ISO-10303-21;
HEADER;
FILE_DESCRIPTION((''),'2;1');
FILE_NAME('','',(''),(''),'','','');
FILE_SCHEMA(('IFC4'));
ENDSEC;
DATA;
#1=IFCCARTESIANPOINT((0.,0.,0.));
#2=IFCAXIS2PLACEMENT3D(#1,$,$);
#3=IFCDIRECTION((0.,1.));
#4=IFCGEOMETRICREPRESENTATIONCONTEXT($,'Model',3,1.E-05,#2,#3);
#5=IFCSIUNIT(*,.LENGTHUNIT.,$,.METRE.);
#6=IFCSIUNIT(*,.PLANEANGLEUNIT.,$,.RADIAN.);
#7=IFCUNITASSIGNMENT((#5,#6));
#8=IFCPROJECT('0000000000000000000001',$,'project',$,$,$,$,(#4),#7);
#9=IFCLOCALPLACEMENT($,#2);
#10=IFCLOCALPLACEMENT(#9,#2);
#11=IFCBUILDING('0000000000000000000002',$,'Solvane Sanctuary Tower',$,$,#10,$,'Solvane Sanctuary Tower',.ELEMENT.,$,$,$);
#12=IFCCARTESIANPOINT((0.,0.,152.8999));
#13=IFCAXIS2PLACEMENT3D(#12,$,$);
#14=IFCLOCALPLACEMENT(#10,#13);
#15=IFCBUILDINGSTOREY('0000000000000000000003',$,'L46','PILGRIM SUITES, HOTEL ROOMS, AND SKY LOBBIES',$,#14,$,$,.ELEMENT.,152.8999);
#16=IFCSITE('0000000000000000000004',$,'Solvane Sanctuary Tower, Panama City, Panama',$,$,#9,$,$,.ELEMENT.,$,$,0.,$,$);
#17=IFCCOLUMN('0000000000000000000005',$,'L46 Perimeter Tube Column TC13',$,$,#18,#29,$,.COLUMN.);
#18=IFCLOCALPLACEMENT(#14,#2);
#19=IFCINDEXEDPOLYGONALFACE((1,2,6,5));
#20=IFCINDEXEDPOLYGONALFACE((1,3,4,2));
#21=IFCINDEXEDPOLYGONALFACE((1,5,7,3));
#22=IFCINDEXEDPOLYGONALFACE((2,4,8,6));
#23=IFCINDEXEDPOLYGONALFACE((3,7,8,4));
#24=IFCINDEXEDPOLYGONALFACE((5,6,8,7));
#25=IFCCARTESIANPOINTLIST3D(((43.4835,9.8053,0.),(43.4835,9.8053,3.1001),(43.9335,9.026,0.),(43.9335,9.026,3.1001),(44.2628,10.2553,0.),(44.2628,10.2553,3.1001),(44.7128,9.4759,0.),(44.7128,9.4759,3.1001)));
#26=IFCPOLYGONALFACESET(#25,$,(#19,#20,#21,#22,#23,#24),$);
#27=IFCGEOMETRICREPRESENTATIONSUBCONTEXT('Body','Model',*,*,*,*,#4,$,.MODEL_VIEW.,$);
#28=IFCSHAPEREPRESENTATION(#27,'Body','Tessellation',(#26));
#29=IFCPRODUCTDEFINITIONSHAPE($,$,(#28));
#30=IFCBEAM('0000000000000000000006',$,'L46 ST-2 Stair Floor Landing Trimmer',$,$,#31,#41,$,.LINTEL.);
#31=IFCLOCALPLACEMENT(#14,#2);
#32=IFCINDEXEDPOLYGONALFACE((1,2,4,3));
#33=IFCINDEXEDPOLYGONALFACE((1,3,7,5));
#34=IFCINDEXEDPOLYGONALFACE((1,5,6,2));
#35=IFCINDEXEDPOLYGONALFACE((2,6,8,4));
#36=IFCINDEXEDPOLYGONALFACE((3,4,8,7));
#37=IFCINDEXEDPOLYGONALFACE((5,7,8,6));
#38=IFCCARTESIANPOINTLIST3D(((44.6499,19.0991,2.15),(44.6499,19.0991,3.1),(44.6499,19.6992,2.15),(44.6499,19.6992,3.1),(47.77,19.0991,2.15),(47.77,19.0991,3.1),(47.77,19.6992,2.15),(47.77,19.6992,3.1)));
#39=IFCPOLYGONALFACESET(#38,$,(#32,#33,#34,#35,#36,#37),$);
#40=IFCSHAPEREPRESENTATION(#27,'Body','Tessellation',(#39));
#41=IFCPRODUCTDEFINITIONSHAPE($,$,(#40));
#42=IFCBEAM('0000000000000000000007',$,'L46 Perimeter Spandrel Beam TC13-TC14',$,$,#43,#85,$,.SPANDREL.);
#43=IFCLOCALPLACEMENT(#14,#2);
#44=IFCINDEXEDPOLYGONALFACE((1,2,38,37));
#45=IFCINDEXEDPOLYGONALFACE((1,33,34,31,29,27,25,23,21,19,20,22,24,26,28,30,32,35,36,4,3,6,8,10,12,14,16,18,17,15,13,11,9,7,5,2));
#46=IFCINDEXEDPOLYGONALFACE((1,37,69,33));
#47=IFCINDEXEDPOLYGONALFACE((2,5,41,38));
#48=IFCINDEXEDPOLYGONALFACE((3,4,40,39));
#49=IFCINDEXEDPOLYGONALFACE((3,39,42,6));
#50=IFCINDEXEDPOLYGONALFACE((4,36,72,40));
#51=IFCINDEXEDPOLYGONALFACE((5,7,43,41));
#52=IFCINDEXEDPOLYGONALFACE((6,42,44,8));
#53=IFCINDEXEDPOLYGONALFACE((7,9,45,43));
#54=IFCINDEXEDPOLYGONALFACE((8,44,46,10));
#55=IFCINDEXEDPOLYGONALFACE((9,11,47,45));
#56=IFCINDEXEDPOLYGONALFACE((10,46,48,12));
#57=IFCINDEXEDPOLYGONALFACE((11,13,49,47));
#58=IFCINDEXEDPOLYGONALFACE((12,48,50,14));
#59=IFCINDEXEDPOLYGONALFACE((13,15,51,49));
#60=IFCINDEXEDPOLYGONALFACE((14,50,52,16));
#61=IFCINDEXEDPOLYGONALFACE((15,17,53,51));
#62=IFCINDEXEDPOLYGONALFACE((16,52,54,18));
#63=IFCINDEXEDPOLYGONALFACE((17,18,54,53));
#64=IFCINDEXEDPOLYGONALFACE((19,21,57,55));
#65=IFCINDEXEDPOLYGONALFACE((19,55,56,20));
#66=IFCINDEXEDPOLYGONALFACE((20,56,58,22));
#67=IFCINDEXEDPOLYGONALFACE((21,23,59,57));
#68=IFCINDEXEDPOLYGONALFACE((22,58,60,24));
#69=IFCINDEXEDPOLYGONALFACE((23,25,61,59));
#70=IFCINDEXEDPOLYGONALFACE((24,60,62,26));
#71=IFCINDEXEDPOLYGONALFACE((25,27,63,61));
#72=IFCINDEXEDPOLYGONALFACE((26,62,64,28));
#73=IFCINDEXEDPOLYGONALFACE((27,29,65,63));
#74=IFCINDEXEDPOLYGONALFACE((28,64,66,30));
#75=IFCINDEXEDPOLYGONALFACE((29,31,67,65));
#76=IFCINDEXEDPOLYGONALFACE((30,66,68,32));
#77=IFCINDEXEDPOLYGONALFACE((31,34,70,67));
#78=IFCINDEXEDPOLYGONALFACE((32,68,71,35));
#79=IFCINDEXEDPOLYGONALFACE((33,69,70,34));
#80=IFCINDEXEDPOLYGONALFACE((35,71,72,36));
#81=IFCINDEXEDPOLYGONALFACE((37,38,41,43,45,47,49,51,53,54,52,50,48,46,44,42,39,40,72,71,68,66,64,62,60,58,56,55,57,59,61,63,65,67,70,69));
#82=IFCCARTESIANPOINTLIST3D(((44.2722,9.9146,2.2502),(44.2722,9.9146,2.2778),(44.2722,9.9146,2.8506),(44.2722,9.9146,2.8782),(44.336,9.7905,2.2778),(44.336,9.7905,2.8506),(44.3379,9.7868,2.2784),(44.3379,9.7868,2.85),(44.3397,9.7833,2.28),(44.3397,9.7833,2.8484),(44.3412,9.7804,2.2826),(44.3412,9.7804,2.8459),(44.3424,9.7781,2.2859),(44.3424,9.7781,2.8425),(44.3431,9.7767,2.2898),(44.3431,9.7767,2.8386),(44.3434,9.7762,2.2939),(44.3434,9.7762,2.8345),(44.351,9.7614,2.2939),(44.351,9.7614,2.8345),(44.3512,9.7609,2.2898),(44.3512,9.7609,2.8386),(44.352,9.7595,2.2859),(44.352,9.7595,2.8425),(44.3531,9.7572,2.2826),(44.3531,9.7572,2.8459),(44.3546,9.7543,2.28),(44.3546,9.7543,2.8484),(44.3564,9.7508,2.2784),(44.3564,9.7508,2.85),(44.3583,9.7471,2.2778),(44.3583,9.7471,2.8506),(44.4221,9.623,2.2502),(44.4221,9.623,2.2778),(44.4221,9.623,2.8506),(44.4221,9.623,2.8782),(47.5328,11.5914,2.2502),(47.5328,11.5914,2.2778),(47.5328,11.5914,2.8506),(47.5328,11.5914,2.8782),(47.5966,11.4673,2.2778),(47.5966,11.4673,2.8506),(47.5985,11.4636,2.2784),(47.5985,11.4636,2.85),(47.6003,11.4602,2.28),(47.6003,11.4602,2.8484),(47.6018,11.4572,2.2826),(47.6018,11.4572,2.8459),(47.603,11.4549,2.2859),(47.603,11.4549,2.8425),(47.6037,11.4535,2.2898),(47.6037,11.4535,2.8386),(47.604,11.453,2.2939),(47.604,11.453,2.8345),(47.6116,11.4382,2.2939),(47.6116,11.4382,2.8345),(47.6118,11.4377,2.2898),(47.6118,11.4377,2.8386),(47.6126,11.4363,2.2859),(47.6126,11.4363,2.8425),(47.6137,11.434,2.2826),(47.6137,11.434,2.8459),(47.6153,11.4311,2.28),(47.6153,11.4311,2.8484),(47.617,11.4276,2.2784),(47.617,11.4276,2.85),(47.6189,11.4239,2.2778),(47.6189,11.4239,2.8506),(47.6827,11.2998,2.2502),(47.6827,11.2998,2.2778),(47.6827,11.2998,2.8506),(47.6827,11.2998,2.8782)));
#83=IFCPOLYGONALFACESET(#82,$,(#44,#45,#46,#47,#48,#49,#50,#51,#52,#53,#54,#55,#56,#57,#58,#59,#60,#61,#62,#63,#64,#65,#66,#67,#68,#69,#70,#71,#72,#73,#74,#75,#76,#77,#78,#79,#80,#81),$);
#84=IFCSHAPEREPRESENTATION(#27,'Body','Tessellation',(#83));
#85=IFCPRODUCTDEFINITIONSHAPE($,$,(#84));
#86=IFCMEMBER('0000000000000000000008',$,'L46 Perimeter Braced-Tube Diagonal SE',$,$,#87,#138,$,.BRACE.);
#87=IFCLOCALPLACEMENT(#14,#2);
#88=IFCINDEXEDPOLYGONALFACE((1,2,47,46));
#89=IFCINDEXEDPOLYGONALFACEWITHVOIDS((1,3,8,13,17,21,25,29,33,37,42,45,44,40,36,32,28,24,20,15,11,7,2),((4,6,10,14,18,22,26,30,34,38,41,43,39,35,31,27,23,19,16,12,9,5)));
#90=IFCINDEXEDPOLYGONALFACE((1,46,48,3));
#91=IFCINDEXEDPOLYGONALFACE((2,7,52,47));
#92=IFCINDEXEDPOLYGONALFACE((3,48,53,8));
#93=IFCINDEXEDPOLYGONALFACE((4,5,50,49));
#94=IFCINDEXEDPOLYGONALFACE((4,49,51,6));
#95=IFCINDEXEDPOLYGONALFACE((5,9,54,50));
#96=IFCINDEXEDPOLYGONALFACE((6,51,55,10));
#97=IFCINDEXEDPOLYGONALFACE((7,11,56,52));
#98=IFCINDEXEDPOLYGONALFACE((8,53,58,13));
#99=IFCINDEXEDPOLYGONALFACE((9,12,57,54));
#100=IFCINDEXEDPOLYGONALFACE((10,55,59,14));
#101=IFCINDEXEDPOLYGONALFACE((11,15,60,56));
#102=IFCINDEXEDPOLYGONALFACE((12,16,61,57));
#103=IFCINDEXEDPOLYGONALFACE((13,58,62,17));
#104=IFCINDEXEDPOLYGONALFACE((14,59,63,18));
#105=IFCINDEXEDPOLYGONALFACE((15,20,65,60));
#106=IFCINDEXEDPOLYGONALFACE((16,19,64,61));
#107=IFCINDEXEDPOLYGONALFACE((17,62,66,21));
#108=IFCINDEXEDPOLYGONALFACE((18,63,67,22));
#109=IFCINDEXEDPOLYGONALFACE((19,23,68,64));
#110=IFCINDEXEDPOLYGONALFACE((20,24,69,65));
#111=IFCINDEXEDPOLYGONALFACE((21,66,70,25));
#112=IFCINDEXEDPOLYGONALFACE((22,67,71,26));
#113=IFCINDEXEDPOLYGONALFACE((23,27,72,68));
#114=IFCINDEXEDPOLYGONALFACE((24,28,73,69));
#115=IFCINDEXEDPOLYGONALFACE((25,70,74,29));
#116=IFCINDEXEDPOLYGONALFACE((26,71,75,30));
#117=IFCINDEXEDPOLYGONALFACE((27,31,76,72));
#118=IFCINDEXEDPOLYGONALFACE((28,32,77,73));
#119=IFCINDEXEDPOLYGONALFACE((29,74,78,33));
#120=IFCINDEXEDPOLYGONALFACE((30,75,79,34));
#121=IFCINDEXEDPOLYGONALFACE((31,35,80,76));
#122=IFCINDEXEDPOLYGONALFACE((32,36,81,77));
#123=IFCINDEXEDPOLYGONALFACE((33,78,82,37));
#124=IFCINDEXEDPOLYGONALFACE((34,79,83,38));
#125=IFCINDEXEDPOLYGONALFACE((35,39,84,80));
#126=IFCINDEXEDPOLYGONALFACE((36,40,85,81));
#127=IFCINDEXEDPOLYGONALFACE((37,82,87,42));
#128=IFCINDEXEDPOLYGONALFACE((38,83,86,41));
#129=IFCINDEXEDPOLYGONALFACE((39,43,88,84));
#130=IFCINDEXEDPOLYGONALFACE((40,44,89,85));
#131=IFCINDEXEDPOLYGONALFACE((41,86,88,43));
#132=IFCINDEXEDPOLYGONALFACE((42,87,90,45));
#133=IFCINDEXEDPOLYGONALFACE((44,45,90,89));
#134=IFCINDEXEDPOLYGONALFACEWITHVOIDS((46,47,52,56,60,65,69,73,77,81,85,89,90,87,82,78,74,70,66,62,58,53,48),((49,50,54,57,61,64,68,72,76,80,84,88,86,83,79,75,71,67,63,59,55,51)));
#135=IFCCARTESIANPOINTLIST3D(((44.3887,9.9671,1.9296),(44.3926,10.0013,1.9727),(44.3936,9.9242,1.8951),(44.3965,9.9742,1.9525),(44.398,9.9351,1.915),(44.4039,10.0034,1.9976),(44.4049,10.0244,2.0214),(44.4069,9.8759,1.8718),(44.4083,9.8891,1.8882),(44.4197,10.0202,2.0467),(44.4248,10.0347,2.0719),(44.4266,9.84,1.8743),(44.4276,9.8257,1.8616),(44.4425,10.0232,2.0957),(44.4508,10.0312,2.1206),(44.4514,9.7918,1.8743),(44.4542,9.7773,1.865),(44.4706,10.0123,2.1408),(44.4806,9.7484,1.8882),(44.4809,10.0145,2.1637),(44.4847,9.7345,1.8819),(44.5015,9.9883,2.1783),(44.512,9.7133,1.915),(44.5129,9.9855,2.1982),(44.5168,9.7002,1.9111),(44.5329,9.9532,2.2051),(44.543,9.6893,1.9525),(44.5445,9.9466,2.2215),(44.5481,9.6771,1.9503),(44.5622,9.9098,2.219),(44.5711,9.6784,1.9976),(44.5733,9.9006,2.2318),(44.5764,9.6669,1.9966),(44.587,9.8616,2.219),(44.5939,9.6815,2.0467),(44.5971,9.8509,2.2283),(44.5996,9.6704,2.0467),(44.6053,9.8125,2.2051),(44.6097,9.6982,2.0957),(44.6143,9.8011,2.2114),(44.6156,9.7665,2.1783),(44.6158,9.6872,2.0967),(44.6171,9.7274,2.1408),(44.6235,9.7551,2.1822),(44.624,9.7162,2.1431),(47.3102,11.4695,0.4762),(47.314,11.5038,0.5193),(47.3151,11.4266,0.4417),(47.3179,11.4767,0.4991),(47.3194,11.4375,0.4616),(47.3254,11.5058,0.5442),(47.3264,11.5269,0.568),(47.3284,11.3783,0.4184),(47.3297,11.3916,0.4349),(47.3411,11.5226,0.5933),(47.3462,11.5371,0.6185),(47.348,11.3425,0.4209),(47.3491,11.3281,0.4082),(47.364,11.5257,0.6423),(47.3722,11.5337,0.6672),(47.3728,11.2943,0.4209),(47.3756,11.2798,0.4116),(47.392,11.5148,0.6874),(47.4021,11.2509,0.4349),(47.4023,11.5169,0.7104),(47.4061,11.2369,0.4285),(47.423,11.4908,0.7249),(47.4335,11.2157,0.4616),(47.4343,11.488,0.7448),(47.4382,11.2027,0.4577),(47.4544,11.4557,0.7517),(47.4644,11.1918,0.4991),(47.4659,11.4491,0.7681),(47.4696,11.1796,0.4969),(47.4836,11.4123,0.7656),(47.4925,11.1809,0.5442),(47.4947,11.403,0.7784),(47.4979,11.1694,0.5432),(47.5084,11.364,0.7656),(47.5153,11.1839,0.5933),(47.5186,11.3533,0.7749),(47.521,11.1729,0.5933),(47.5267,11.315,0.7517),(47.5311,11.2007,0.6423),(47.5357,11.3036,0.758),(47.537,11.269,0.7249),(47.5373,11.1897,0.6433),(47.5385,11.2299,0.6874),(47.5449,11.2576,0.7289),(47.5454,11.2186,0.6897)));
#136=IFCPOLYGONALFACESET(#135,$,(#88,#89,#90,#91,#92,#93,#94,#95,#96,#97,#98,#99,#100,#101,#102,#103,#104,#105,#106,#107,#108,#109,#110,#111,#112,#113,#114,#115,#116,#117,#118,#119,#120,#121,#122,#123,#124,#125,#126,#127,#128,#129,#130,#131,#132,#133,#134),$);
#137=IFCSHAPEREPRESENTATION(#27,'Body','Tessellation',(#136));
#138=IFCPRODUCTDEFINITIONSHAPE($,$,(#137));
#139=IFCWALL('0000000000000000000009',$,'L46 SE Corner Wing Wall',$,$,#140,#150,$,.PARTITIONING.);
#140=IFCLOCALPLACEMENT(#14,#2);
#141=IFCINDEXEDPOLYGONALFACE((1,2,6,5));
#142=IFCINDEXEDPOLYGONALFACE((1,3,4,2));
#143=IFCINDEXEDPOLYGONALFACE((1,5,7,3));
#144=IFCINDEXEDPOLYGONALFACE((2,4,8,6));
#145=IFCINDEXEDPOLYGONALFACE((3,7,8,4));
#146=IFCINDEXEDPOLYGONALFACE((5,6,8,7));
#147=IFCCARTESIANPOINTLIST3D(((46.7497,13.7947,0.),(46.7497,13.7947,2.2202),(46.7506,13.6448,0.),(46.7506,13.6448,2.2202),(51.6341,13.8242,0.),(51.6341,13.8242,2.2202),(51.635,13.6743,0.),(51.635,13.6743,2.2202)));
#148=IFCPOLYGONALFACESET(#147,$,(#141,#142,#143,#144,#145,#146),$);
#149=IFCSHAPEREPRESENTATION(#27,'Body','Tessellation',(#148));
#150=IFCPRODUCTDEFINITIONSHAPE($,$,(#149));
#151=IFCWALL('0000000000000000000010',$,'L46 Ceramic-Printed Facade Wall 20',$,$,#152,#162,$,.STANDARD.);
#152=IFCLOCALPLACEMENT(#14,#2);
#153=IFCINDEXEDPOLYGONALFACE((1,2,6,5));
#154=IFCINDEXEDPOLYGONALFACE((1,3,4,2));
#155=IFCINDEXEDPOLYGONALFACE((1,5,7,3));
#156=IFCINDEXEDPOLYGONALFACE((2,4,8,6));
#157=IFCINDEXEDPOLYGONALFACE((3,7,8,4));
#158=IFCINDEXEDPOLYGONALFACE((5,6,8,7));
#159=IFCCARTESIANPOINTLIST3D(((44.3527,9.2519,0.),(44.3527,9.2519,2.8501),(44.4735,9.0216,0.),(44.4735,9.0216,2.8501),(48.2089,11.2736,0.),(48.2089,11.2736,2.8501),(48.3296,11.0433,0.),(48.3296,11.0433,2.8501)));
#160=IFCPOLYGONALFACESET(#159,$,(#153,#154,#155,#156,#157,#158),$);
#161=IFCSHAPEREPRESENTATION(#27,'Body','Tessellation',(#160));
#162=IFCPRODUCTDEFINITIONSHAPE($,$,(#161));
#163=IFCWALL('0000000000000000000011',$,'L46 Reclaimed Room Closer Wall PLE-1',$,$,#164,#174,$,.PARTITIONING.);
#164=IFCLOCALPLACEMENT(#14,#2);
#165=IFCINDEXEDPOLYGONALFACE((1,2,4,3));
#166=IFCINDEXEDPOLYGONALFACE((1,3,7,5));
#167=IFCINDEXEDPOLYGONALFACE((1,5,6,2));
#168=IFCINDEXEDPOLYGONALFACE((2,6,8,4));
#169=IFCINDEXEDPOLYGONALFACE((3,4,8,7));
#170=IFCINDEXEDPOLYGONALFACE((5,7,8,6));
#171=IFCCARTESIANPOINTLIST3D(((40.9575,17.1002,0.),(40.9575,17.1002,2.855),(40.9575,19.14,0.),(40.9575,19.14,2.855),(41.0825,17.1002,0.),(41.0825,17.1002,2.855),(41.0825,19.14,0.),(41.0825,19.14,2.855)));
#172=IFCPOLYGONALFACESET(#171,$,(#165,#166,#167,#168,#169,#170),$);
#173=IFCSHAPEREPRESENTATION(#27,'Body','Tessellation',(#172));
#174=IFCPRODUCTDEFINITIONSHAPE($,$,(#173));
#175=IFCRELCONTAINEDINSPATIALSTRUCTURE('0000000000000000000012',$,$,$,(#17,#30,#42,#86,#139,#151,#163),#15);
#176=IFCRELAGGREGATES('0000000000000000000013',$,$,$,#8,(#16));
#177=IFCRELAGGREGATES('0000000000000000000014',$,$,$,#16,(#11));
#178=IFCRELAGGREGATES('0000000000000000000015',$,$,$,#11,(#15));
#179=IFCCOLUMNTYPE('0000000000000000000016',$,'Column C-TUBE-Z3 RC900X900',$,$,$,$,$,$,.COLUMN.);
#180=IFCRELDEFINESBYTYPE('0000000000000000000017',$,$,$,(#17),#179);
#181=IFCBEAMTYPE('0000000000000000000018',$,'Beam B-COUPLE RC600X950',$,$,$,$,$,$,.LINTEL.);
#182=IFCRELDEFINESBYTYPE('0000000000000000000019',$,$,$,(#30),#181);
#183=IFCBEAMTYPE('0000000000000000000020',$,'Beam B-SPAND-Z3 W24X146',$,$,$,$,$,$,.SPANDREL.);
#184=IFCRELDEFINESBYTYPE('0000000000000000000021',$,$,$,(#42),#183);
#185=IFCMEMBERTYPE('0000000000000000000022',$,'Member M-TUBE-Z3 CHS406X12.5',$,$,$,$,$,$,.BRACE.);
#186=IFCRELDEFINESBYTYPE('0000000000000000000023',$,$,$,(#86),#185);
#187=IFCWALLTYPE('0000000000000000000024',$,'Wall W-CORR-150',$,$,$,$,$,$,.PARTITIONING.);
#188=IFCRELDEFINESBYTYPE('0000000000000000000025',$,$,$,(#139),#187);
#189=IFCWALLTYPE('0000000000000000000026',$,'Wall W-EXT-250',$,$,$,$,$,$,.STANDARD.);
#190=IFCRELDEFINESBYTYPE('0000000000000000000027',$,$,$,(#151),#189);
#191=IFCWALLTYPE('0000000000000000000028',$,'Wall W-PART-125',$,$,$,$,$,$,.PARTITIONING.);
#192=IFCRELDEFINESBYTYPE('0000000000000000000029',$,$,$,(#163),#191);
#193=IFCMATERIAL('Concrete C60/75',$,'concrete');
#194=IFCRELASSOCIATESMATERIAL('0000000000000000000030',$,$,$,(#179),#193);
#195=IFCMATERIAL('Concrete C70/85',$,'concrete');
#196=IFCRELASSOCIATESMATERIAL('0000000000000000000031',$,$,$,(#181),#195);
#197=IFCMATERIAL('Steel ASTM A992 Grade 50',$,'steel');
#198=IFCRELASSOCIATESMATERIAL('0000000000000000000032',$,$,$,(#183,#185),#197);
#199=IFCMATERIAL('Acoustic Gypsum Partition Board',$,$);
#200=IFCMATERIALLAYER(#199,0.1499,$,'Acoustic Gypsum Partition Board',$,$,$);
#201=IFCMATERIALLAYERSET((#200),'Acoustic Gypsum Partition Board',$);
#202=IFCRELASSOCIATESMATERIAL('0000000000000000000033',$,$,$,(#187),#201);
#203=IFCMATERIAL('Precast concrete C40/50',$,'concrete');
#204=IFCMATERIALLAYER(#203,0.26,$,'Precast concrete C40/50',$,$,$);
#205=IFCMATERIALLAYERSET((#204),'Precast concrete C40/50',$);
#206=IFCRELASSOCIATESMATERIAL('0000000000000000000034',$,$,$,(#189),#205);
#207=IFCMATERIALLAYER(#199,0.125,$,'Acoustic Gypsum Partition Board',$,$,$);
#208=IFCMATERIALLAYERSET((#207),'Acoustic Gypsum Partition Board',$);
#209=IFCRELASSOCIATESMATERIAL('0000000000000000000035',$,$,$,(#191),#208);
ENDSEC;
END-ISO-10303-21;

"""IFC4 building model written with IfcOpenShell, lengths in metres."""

from ifc_helpers import new_model, si_unit, direction, frame, frame_2d, origin, origin_2d, place, context, subcontext, project, spatial, rectangle, hollow_circle, i_section, extrude, material, layer, layer_set, material_profile, profile_set, type_object, element, save


model = new_model("IFC4")

# Units and contexts
model_context = context("Model", 3, precision=1e-05, world=origin(), true_north=direction((0.0, 1.0)))
body_context = subcontext(model_context, "Body", "Model", "MODEL_VIEW")
ifc_project = project(units=[si_unit("LENGTHUNIT", "METRE"), si_unit("PLANEANGLEUNIT", "RADIAN")], contexts=[model_context])

# Site, building, storey
site_placement = place(None, origin())
site = spatial("IfcSite", under=ifc_project, at=site_placement, Name="Solvane Sanctuary Tower, Panama City, Panama", CompositionType="ELEMENT", RefElevation=0.0)
building_placement = place(site_placement, origin())
building = spatial("IfcBuilding", under=site, at=building_placement, Name="Solvane Sanctuary Tower", LongName="Solvane Sanctuary Tower", CompositionType="ELEMENT")
storey_placement = place(building_placement, frame((0.0, 0.0, 152.8999)))
storey = spatial("IfcBuildingStorey", under=building, at=storey_placement, Name="L46", Description="PILGRIM SUITES, HOTEL ROOMS, AND SKY LOBBIES", CompositionType="ELEMENT", Elevation=152.8999)

# Column
ifc_material_1 = material(Name="Concrete C60/75", Category="concrete")
ifc_material_profile_1 = material_profile(ifc_material_1, rectangle(XDim=0.8999, YDim=0.8999, at=origin_2d()), Name="RC900X900")
ifc_profile_set_1 = profile_set([ifc_material_profile_1], Name="Concrete C60/75")
column_type = type_object("IfcColumnType", Name="Column C-TUBE-Z3 RC900X900", PredefinedType="COLUMN", material=ifc_profile_set_1)
column_placement = place(storey_placement, frame((44.0981, 9.6406, 0.0), z_axis=(0.0, 0.0, 1.0), x_axis=(0.5, -0.866025, 0.0)))
element("IfcColumn", 1, at=column_placement, inside=storey, type_object=column_type, Name="L46 Perimeter Tube Column TC13", PredefinedType="COLUMN", context=body_context, shape_type="SweptSolid", body=[
    extrude(rectangle(XDim=0.8999, YDim=0.8999, at=origin_2d()), origin(), (0.0, 0.0, 1.0), 3.1001),
])

# Beams
ifc_material_2 = material(Name="Concrete C70/85", Category="concrete")
ifc_material_profile_2 = material_profile(ifc_material_2, rectangle(XDim=0.6001, YDim=0.95, at=origin_2d()), Name="RC600X950")
ifc_profile_set_2 = profile_set([ifc_material_profile_2], Name="Concrete C70/85")
beam_type_1 = type_object("IfcBeamType", Name="Beam B-COUPLE RC600X950", PredefinedType="LINTEL", material=ifc_profile_set_2)
beam_1_placement = place(storey_placement, frame((44.6499, 19.3992, 2.625), z_axis=(1.0, 0.0, 0.0), x_axis=(0.0, 1.0, 0.0)))
element("IfcBeam", 2, at=beam_1_placement, inside=storey, type_object=beam_type_1, Name="L46 ST-2 Stair Floor Landing Trimmer", PredefinedType="LINTEL", context=body_context, shape_type="SweptSolid", body=[
    extrude(rectangle(XDim=0.6001, YDim=0.95, at=origin_2d()), origin(), (0.0, 0.0, 1.0), 3.1201),
])
ifc_material_3 = material(Name="Steel ASTM A992 Grade 50", Category="steel")
ifc_material_profile_3 = material_profile(ifc_material_3, i_section(OverallWidth=0.3279, OverallDepth=0.6279, WebThickness=0.0166, FlangeThickness=0.0276, FilletRadius=0.0161, at=origin_2d()), Name="W24X146")
ifc_profile_set_3 = profile_set([ifc_material_profile_3], Name="Steel ASTM A992 Grade 50")
beam_type_2 = type_object("IfcBeamType", Name="Beam B-SPAND-Z3 W24X146", PredefinedType="SPANDREL", material=ifc_profile_set_3)
beam_2_placement = place(storey_placement, frame((44.3472, 9.7688, 2.5642), z_axis=(0.889296, 0.457333, 0.0), x_axis=(-0.457333, 0.889296, 0.0)))
element("IfcBeam", 3, at=beam_2_placement, inside=storey, type_object=beam_type_2, Name="L46 Perimeter Spandrel Beam TC13-TC14", PredefinedType="SPANDREL", context=body_context, shape_type="SweptSolid", body=[
    extrude(i_section(OverallWidth=0.3279, OverallDepth=0.6279, WebThickness=0.0166, FlangeThickness=0.0276, FilletRadius=0.0161, at=origin_2d()), origin(), (0.0, 0.0, 1.0), 3.6665),
])

# Member
ifc_material_profile_4 = material_profile(ifc_material_3, hollow_circle(Radius=0.2029, WallThickness=0.0125, at=origin_2d()), Name="CHS406X12.5")
ifc_profile_set_4 = profile_set([ifc_material_profile_4], Name="Steel ASTM A992 Grade 50")
member_type = type_object("IfcMemberType", Name="Member M-TUBE-Z3 CHS406X12.5", PredefinedType="BRACE", material=ifc_profile_set_4)
member_placement = place(storey_placement, frame((47.4282, 11.3533, 0.5933), z_axis=(-0.813252, -0.418248, 0.404587), x_axis=(0.457351, -0.889286, 0.0)))
element("IfcMember", 4, at=member_placement, inside=storey, type_object=member_type, Name="L46 Perimeter Braced-Tube Diagonal SE", PredefinedType="BRACE", context=body_context, shape_type="SweptSolid", body=[
    extrude(hollow_circle(Radius=0.2029, WallThickness=0.0125, at=origin_2d()), origin(), (0.0, 0.0, 1.0), 3.5923),
])

# Walls
ifc_material_4 = material(Name="Acoustic Gypsum Partition Board")
ifc_layer_1 = layer(ifc_material_4, 0.1499, Name="Acoustic Gypsum Partition Board")
ifc_layer_set_1 = layer_set([ifc_layer_1], Name="Acoustic Gypsum Partition Board")
wall_type_1 = type_object("IfcWallType", Name="Wall W-CORR-150", PredefinedType="PARTITIONING", material=ifc_layer_set_1)
wall_1_placement = place(storey_placement, frame((46.75, 13.7197, 0.0), z_axis=(0.0, 0.0, 1.0), x_axis=(0.999982, 0.006048, 0.0)))
element("IfcWall", 5, at=wall_1_placement, inside=storey, type_object=wall_type_1, Name="L46 SE Corner Wing Wall", PredefinedType="PARTITIONING", context=body_context, shape_type="SweptSolid", body=[
    extrude(rectangle(XDim=4.8845, YDim=0.1499, at=frame_2d((2.4424, 0.0))), origin(), (0.0, 0.0, 1.0), 2.2202),
])
ifc_material_5 = material(Name="Precast concrete C40/50", Category="concrete")
ifc_layer_2 = layer(ifc_material_5, 0.26, Name="Precast concrete C40/50")
ifc_layer_set_2 = layer_set([ifc_layer_2], Name="Precast concrete C40/50")
wall_type_2 = type_object("IfcWallType", Name="Wall W-EXT-250", PredefinedType="STANDARD", material=ifc_layer_set_2)
wall_2_placement = place(storey_placement, frame((44.4131, 9.1367, 0.0), z_axis=(0.0, 0.0, 1.0), x_axis=(0.88566, 0.464334, 0.0)))
element("IfcWall", 6, at=wall_2_placement, inside=storey, type_object=wall_type_2, Name="L46 Ceramic-Printed Facade Wall 20", PredefinedType="STANDARD", context=body_context, shape_type="SweptSolid", body=[
    extrude(rectangle(XDim=4.354, YDim=0.26, at=frame_2d((2.177, 0.0))), origin(), (0.0, 0.0, 1.0), 2.8501),
])
ifc_layer_3 = layer(ifc_material_4, 0.125, Name="Acoustic Gypsum Partition Board")
ifc_layer_set_3 = layer_set([ifc_layer_3], Name="Acoustic Gypsum Partition Board")
wall_type_3 = type_object("IfcWallType", Name="Wall W-PART-125", PredefinedType="PARTITIONING", material=ifc_layer_set_3)
wall_3_placement = place(storey_placement, frame((41.02, 17.1001, 0.0), z_axis=(0.0, 0.0, 1.0), x_axis=(0.0, 1.0, 0.0)))
element("IfcWall", 7, at=wall_3_placement, inside=storey, type_object=wall_type_3, Name="L46 Reclaimed Room Closer Wall PLE-1", PredefinedType="PARTITIONING", context=body_context, shape_type="SweptSolid", body=[
    extrude(rectangle(XDim=2.0398, YDim=0.125, at=frame_2d((1.02, 0.0))), origin(), (0.0, 0.0, 1.0), 2.855),
])

save(model, "model.ifc")
